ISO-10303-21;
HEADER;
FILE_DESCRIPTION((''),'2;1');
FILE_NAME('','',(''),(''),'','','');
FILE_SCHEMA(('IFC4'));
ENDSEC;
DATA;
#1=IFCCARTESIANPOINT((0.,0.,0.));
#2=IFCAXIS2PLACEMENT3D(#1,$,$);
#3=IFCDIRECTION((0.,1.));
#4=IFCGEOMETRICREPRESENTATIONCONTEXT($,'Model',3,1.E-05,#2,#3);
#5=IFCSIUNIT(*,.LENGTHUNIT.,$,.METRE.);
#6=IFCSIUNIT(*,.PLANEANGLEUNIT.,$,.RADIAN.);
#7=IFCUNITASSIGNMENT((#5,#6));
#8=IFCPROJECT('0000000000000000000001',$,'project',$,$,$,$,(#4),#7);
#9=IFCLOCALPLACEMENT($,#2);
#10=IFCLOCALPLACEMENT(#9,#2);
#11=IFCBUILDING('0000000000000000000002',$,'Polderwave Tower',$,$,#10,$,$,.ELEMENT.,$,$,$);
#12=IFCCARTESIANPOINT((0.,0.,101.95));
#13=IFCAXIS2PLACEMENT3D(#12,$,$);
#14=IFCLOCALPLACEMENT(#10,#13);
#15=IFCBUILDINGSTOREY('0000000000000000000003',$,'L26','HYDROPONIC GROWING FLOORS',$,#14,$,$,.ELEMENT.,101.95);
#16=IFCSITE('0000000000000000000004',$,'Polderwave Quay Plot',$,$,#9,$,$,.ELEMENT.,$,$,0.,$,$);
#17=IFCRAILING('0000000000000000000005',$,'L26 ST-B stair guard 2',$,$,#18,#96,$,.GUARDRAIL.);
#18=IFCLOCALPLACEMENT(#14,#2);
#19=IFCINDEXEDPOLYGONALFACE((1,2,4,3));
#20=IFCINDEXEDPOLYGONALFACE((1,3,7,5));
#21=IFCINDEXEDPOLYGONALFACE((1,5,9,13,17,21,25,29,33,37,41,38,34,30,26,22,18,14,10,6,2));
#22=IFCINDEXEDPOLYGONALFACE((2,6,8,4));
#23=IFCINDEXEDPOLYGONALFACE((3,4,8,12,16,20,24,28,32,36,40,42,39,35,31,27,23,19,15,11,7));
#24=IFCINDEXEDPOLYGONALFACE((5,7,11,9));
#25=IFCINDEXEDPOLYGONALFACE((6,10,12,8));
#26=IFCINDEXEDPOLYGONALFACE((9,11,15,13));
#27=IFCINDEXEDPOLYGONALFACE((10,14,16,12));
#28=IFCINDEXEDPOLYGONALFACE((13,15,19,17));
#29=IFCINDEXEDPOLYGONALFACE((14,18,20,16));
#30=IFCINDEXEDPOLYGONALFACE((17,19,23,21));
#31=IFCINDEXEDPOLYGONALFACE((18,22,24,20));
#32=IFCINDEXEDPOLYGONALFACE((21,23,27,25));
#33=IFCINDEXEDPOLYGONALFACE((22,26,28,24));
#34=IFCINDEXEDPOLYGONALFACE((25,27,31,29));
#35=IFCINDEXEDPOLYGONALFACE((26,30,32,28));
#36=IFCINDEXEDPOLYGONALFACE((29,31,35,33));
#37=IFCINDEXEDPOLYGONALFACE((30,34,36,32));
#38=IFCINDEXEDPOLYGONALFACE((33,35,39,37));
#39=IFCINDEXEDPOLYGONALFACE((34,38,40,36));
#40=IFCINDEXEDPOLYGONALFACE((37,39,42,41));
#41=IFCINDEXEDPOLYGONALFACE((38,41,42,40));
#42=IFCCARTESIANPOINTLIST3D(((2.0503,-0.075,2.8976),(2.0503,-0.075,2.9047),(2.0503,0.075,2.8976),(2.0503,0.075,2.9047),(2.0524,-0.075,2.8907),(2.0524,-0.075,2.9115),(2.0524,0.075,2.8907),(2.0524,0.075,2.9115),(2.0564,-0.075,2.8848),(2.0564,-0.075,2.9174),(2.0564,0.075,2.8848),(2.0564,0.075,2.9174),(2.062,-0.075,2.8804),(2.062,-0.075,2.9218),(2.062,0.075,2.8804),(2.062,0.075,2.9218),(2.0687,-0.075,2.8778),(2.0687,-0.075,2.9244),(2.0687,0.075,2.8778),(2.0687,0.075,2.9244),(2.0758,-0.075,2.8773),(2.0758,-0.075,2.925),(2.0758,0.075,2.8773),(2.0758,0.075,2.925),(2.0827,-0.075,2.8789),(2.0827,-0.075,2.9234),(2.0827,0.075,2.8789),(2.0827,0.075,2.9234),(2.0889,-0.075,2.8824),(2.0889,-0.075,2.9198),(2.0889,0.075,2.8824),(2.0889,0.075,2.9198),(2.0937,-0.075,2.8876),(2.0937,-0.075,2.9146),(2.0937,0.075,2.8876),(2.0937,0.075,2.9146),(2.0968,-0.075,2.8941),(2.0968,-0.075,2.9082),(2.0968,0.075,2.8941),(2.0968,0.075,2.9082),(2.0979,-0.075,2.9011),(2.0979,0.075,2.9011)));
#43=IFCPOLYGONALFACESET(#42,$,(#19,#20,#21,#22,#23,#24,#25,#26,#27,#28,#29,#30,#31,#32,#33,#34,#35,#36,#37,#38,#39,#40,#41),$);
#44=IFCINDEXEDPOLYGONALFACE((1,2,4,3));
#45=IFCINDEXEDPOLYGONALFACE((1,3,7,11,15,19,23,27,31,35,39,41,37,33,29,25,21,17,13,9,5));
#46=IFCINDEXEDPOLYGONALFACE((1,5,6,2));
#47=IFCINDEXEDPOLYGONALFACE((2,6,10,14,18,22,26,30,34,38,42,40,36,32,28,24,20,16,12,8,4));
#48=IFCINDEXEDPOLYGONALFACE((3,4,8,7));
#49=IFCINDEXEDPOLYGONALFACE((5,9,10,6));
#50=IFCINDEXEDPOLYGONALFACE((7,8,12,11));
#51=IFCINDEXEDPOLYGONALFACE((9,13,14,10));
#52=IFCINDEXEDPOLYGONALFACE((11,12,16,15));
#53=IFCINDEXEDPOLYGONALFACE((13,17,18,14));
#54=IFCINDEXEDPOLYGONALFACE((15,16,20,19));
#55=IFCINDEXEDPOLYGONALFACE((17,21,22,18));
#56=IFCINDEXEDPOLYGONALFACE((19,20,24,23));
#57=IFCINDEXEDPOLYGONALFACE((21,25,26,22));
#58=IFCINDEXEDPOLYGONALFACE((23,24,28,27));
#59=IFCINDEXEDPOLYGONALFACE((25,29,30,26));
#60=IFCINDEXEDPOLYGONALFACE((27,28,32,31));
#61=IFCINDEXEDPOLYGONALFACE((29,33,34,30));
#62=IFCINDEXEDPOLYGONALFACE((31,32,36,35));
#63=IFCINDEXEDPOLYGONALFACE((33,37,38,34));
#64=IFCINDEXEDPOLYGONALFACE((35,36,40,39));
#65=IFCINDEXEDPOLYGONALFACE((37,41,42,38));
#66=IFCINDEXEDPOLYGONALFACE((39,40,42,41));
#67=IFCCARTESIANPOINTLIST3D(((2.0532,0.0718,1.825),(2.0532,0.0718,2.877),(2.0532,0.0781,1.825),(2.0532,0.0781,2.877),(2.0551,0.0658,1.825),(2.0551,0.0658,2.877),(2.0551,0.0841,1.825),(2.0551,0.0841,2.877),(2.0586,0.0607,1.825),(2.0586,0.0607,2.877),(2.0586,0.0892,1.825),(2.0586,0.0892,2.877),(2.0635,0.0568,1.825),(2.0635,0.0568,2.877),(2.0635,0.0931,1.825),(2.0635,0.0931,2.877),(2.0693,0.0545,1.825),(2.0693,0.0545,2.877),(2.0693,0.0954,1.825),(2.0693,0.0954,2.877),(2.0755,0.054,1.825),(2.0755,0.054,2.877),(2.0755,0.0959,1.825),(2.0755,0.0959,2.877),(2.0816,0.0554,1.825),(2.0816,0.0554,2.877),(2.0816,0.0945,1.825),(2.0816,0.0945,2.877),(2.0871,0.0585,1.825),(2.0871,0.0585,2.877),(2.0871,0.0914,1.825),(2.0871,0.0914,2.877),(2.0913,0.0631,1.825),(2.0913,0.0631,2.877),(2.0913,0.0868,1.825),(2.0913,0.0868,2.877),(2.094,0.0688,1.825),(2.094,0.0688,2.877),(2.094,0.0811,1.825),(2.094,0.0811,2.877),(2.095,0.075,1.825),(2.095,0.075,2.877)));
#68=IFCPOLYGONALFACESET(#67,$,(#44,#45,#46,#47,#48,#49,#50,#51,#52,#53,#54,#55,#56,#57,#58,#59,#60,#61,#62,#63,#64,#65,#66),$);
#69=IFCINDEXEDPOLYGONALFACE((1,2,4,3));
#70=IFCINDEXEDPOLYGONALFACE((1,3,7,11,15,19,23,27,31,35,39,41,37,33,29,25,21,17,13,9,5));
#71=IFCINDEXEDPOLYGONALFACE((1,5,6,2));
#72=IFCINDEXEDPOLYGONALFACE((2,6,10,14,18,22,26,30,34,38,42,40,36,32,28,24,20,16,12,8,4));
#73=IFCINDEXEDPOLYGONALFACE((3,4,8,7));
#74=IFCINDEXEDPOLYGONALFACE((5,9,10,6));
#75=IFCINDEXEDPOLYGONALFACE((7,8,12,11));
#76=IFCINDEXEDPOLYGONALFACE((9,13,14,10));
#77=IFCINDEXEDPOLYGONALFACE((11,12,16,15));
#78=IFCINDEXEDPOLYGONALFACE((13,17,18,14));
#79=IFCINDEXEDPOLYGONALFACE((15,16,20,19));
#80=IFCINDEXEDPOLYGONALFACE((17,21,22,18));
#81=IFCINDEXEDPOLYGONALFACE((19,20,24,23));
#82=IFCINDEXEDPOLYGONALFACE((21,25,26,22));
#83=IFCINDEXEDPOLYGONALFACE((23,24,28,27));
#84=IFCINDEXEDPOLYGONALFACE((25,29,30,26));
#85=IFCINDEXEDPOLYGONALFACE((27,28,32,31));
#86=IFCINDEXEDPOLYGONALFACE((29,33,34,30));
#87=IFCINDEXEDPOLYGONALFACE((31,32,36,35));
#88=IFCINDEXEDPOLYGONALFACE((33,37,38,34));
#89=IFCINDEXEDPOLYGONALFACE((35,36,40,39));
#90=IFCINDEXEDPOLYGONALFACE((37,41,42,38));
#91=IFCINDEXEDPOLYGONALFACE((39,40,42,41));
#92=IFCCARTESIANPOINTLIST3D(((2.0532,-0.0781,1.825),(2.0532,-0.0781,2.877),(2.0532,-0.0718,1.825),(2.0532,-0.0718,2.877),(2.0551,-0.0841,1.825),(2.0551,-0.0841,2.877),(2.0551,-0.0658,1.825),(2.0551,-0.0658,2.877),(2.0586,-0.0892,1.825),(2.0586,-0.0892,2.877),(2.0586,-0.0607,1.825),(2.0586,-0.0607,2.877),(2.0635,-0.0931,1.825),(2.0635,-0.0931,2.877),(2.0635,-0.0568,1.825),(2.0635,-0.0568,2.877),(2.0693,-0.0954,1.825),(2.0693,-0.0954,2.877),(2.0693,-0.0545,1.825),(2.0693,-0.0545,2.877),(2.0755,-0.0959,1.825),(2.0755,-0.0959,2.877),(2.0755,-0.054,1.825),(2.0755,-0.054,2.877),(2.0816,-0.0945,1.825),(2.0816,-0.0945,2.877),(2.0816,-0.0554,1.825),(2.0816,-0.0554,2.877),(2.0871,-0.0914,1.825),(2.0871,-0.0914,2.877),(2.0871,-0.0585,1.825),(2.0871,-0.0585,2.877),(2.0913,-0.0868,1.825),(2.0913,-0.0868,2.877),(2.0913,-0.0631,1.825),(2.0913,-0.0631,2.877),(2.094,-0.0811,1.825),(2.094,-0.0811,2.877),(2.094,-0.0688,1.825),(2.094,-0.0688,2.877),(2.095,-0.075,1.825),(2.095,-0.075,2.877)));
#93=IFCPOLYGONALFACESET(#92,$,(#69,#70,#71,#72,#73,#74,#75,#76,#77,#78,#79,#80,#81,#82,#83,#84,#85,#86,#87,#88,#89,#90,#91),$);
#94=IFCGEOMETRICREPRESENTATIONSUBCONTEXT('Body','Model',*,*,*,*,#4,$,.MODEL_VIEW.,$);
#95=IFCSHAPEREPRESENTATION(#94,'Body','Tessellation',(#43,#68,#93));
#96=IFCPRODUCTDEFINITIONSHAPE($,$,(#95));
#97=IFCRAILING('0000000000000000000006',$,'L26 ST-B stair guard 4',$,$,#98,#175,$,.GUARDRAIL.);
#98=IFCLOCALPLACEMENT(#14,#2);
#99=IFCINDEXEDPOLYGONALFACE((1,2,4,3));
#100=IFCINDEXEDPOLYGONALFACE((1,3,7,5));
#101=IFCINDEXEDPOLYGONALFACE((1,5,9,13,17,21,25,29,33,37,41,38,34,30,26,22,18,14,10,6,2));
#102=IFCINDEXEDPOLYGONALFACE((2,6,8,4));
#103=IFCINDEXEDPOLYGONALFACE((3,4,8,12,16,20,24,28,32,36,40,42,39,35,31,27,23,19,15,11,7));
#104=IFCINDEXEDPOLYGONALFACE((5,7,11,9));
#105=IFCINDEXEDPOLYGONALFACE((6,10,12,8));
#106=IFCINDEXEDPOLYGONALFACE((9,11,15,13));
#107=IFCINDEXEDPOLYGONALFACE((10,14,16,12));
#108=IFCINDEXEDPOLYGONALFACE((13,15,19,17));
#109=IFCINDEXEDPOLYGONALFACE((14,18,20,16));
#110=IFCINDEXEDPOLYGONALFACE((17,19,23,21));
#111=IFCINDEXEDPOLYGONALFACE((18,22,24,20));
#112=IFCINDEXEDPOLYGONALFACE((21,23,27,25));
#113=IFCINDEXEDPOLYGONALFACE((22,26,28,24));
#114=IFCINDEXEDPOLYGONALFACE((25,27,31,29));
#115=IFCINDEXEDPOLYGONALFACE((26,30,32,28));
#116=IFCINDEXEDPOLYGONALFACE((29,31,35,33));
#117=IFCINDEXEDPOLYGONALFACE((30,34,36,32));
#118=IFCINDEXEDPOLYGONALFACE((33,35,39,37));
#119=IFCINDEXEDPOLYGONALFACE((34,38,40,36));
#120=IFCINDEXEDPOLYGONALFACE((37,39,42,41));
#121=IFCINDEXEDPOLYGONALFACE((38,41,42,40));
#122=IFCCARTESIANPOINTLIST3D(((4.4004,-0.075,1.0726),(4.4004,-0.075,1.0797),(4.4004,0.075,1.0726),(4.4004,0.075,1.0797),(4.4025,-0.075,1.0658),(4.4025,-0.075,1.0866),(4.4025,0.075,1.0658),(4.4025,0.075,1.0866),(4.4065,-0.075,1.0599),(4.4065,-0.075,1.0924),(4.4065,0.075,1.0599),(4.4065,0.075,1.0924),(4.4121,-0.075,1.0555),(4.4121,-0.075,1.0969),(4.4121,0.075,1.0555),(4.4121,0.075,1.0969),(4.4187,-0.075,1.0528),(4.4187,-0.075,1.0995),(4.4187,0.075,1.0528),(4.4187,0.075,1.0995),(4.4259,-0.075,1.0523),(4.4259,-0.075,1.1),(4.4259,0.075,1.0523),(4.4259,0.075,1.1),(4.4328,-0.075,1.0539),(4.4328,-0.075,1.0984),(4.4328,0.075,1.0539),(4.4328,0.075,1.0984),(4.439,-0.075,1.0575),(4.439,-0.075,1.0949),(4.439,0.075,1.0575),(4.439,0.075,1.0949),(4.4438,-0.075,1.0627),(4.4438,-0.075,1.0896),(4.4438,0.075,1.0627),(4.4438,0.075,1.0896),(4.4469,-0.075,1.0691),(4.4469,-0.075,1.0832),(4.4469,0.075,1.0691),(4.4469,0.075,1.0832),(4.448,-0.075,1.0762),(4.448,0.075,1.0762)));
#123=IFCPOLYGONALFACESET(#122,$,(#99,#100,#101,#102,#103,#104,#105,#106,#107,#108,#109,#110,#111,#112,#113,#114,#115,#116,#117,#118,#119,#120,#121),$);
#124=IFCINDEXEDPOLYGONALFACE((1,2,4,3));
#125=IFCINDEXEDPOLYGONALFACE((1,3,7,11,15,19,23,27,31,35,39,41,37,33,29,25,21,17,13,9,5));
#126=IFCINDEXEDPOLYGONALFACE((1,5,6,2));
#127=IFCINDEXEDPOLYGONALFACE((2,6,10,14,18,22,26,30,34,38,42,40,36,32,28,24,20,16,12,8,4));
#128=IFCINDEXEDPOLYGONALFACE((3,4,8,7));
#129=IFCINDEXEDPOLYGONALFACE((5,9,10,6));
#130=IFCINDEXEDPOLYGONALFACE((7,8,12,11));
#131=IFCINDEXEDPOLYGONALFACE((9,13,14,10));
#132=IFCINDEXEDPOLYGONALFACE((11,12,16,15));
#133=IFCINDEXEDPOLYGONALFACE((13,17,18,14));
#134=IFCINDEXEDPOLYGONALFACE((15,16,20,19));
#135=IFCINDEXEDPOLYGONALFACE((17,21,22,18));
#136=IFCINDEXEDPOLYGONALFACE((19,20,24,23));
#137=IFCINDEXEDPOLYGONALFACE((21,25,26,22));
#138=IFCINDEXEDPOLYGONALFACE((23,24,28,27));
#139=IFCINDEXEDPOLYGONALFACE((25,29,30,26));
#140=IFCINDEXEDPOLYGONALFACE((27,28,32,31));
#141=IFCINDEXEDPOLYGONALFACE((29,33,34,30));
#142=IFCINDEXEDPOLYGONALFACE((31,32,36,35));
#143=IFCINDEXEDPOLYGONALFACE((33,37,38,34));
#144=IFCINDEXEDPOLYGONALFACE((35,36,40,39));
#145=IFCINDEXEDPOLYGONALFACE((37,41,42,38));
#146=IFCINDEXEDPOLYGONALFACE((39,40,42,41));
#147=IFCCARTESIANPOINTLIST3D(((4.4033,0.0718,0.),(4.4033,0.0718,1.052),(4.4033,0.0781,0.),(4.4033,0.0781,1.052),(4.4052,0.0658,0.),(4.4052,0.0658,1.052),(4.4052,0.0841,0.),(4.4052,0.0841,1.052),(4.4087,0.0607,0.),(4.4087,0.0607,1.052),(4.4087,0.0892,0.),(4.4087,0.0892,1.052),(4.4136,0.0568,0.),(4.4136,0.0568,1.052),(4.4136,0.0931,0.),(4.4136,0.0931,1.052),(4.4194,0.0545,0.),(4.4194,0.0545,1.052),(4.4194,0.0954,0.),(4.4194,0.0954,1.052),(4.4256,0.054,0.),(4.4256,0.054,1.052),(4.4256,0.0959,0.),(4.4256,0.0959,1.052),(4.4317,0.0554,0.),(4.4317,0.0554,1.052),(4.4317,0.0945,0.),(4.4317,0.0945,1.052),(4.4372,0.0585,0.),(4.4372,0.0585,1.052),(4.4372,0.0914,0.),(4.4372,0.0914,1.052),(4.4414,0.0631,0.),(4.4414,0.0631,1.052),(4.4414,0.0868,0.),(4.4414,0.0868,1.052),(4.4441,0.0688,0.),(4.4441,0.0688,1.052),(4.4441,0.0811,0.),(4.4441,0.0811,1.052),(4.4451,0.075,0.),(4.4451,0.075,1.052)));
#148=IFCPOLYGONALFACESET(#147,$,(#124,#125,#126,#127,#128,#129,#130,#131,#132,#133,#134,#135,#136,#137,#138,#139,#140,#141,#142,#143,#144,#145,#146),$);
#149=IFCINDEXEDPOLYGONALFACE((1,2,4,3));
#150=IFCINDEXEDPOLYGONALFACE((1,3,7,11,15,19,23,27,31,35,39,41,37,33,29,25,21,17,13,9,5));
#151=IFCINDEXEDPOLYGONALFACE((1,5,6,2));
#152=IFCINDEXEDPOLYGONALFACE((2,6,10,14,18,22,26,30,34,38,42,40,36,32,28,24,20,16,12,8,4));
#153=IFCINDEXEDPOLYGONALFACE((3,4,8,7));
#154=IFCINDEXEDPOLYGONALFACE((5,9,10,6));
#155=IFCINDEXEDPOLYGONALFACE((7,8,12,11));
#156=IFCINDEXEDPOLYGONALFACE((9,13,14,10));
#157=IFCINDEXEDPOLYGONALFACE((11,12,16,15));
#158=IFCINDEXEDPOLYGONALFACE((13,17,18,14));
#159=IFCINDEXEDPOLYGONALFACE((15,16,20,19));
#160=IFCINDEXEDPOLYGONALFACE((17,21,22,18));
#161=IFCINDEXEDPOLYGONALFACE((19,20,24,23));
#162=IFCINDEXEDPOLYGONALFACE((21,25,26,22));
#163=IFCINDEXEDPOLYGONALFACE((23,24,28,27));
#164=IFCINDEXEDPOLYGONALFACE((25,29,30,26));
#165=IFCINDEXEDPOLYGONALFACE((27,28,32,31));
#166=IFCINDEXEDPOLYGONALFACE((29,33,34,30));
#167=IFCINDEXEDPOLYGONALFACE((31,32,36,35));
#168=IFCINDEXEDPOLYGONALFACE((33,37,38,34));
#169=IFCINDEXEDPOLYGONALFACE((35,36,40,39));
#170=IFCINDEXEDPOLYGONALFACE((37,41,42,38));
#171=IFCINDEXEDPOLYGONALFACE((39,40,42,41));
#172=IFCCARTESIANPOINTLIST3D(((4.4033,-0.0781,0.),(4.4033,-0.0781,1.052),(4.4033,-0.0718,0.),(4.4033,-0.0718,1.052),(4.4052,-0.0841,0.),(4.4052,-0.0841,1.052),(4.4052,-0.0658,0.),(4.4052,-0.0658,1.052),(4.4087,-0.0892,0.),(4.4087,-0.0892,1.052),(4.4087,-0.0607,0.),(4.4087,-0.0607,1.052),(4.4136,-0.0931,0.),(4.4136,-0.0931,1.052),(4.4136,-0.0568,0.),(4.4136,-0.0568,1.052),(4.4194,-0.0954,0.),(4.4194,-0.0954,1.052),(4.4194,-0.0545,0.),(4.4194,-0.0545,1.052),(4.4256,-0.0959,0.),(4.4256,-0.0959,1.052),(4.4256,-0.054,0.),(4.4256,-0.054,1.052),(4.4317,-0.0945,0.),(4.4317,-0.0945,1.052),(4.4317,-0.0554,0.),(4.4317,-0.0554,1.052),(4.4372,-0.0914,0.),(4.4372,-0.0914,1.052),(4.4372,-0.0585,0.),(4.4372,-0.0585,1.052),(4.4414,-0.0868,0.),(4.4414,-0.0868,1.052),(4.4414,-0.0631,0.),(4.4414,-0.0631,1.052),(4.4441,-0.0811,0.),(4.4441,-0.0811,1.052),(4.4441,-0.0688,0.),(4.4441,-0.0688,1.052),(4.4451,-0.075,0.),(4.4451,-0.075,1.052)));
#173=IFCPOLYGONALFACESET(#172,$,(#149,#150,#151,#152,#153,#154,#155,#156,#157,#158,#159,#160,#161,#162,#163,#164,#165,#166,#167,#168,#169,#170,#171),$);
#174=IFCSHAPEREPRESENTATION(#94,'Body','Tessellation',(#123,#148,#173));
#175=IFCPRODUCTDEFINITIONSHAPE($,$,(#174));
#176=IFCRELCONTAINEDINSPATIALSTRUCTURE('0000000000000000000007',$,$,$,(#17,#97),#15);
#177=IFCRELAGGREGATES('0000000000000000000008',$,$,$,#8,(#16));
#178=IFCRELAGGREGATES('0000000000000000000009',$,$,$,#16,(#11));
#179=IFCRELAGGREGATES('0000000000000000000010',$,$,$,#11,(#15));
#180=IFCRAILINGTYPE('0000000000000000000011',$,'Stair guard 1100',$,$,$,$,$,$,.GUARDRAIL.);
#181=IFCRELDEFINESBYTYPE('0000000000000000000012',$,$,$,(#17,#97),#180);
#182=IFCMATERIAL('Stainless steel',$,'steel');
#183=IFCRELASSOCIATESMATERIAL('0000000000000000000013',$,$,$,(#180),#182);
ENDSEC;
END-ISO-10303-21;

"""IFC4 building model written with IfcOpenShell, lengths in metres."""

from ifc_helpers import new_model, si_unit, direction, frame, origin, origin_2d, place, context, subcontext, project, spatial, circle, extrude, material, type_object, element, save


model = new_model("IFC4")

# Units and contexts
model_context = context("Model", 3, precision=1e-05, world=origin(), true_north=direction((0.0, 1.0)))
body_context = subcontext(model_context, "Body", "Model", "MODEL_VIEW")
ifc_project = project(units=[si_unit("LENGTHUNIT", "METRE"), si_unit("PLANEANGLEUNIT", "RADIAN")], contexts=[model_context])

# Site, building, storey
site_placement = place(None, origin())
site = spatial("IfcSite", under=ifc_project, at=site_placement, Name="Polderwave Quay Plot", CompositionType="ELEMENT", RefElevation=0.0)
building_placement = place(site_placement, origin())
building = spatial("IfcBuilding", under=site, at=building_placement, Name="Polderwave Tower", CompositionType="ELEMENT")
storey_placement = place(building_placement, frame((0.0, 0.0, 101.95)))
storey = spatial("IfcBuildingStorey", under=building, at=storey_placement, Name="L26", Description="HYDROPONIC GROWING FLOORS", CompositionType="ELEMENT", Elevation=101.95)

# Railings
ifc_material_1 = material(Name="Stainless steel", Category="steel")
railing_type_1 = type_object("IfcRailingType", Name="Stair guard 1100", PredefinedType="GUARDRAIL", material=ifc_material_1)
for number, where, name in (
    (1, (2.074, 0.075, 1.825), "L26 ST-B stair guard 2"),
    (2, (4.4241, 0.075, 0.0), "L26 ST-B stair guard 4"),
):
    element("IfcRailing", number, at=place(storey_placement, frame(where)), inside=storey, type_object=railing_type_1, Name=name, PredefinedType="GUARDRAIL", context=body_context, shape_type="SweptSolid", body=[
        extrude(circle(Radius=0.0239, at=origin_2d()), frame((0.0, 0.0, 1.0762), z_axis=(0.0, -1.0, 0.0), x_axis=(1.0, 0.0, 0.0)), (0.0, 0.0, 1.0), 0.1499),
        extrude(circle(Radius=0.021, at=origin_2d()), origin(), (0.0, 0.0, 1.0), 1.052),
        extrude(circle(Radius=0.021, at=origin_2d()), frame((0.0, -0.1499, 0.0)), (0.0, 0.0, 1.0), 1.052),
    ])

save(model, "model.ifc")
